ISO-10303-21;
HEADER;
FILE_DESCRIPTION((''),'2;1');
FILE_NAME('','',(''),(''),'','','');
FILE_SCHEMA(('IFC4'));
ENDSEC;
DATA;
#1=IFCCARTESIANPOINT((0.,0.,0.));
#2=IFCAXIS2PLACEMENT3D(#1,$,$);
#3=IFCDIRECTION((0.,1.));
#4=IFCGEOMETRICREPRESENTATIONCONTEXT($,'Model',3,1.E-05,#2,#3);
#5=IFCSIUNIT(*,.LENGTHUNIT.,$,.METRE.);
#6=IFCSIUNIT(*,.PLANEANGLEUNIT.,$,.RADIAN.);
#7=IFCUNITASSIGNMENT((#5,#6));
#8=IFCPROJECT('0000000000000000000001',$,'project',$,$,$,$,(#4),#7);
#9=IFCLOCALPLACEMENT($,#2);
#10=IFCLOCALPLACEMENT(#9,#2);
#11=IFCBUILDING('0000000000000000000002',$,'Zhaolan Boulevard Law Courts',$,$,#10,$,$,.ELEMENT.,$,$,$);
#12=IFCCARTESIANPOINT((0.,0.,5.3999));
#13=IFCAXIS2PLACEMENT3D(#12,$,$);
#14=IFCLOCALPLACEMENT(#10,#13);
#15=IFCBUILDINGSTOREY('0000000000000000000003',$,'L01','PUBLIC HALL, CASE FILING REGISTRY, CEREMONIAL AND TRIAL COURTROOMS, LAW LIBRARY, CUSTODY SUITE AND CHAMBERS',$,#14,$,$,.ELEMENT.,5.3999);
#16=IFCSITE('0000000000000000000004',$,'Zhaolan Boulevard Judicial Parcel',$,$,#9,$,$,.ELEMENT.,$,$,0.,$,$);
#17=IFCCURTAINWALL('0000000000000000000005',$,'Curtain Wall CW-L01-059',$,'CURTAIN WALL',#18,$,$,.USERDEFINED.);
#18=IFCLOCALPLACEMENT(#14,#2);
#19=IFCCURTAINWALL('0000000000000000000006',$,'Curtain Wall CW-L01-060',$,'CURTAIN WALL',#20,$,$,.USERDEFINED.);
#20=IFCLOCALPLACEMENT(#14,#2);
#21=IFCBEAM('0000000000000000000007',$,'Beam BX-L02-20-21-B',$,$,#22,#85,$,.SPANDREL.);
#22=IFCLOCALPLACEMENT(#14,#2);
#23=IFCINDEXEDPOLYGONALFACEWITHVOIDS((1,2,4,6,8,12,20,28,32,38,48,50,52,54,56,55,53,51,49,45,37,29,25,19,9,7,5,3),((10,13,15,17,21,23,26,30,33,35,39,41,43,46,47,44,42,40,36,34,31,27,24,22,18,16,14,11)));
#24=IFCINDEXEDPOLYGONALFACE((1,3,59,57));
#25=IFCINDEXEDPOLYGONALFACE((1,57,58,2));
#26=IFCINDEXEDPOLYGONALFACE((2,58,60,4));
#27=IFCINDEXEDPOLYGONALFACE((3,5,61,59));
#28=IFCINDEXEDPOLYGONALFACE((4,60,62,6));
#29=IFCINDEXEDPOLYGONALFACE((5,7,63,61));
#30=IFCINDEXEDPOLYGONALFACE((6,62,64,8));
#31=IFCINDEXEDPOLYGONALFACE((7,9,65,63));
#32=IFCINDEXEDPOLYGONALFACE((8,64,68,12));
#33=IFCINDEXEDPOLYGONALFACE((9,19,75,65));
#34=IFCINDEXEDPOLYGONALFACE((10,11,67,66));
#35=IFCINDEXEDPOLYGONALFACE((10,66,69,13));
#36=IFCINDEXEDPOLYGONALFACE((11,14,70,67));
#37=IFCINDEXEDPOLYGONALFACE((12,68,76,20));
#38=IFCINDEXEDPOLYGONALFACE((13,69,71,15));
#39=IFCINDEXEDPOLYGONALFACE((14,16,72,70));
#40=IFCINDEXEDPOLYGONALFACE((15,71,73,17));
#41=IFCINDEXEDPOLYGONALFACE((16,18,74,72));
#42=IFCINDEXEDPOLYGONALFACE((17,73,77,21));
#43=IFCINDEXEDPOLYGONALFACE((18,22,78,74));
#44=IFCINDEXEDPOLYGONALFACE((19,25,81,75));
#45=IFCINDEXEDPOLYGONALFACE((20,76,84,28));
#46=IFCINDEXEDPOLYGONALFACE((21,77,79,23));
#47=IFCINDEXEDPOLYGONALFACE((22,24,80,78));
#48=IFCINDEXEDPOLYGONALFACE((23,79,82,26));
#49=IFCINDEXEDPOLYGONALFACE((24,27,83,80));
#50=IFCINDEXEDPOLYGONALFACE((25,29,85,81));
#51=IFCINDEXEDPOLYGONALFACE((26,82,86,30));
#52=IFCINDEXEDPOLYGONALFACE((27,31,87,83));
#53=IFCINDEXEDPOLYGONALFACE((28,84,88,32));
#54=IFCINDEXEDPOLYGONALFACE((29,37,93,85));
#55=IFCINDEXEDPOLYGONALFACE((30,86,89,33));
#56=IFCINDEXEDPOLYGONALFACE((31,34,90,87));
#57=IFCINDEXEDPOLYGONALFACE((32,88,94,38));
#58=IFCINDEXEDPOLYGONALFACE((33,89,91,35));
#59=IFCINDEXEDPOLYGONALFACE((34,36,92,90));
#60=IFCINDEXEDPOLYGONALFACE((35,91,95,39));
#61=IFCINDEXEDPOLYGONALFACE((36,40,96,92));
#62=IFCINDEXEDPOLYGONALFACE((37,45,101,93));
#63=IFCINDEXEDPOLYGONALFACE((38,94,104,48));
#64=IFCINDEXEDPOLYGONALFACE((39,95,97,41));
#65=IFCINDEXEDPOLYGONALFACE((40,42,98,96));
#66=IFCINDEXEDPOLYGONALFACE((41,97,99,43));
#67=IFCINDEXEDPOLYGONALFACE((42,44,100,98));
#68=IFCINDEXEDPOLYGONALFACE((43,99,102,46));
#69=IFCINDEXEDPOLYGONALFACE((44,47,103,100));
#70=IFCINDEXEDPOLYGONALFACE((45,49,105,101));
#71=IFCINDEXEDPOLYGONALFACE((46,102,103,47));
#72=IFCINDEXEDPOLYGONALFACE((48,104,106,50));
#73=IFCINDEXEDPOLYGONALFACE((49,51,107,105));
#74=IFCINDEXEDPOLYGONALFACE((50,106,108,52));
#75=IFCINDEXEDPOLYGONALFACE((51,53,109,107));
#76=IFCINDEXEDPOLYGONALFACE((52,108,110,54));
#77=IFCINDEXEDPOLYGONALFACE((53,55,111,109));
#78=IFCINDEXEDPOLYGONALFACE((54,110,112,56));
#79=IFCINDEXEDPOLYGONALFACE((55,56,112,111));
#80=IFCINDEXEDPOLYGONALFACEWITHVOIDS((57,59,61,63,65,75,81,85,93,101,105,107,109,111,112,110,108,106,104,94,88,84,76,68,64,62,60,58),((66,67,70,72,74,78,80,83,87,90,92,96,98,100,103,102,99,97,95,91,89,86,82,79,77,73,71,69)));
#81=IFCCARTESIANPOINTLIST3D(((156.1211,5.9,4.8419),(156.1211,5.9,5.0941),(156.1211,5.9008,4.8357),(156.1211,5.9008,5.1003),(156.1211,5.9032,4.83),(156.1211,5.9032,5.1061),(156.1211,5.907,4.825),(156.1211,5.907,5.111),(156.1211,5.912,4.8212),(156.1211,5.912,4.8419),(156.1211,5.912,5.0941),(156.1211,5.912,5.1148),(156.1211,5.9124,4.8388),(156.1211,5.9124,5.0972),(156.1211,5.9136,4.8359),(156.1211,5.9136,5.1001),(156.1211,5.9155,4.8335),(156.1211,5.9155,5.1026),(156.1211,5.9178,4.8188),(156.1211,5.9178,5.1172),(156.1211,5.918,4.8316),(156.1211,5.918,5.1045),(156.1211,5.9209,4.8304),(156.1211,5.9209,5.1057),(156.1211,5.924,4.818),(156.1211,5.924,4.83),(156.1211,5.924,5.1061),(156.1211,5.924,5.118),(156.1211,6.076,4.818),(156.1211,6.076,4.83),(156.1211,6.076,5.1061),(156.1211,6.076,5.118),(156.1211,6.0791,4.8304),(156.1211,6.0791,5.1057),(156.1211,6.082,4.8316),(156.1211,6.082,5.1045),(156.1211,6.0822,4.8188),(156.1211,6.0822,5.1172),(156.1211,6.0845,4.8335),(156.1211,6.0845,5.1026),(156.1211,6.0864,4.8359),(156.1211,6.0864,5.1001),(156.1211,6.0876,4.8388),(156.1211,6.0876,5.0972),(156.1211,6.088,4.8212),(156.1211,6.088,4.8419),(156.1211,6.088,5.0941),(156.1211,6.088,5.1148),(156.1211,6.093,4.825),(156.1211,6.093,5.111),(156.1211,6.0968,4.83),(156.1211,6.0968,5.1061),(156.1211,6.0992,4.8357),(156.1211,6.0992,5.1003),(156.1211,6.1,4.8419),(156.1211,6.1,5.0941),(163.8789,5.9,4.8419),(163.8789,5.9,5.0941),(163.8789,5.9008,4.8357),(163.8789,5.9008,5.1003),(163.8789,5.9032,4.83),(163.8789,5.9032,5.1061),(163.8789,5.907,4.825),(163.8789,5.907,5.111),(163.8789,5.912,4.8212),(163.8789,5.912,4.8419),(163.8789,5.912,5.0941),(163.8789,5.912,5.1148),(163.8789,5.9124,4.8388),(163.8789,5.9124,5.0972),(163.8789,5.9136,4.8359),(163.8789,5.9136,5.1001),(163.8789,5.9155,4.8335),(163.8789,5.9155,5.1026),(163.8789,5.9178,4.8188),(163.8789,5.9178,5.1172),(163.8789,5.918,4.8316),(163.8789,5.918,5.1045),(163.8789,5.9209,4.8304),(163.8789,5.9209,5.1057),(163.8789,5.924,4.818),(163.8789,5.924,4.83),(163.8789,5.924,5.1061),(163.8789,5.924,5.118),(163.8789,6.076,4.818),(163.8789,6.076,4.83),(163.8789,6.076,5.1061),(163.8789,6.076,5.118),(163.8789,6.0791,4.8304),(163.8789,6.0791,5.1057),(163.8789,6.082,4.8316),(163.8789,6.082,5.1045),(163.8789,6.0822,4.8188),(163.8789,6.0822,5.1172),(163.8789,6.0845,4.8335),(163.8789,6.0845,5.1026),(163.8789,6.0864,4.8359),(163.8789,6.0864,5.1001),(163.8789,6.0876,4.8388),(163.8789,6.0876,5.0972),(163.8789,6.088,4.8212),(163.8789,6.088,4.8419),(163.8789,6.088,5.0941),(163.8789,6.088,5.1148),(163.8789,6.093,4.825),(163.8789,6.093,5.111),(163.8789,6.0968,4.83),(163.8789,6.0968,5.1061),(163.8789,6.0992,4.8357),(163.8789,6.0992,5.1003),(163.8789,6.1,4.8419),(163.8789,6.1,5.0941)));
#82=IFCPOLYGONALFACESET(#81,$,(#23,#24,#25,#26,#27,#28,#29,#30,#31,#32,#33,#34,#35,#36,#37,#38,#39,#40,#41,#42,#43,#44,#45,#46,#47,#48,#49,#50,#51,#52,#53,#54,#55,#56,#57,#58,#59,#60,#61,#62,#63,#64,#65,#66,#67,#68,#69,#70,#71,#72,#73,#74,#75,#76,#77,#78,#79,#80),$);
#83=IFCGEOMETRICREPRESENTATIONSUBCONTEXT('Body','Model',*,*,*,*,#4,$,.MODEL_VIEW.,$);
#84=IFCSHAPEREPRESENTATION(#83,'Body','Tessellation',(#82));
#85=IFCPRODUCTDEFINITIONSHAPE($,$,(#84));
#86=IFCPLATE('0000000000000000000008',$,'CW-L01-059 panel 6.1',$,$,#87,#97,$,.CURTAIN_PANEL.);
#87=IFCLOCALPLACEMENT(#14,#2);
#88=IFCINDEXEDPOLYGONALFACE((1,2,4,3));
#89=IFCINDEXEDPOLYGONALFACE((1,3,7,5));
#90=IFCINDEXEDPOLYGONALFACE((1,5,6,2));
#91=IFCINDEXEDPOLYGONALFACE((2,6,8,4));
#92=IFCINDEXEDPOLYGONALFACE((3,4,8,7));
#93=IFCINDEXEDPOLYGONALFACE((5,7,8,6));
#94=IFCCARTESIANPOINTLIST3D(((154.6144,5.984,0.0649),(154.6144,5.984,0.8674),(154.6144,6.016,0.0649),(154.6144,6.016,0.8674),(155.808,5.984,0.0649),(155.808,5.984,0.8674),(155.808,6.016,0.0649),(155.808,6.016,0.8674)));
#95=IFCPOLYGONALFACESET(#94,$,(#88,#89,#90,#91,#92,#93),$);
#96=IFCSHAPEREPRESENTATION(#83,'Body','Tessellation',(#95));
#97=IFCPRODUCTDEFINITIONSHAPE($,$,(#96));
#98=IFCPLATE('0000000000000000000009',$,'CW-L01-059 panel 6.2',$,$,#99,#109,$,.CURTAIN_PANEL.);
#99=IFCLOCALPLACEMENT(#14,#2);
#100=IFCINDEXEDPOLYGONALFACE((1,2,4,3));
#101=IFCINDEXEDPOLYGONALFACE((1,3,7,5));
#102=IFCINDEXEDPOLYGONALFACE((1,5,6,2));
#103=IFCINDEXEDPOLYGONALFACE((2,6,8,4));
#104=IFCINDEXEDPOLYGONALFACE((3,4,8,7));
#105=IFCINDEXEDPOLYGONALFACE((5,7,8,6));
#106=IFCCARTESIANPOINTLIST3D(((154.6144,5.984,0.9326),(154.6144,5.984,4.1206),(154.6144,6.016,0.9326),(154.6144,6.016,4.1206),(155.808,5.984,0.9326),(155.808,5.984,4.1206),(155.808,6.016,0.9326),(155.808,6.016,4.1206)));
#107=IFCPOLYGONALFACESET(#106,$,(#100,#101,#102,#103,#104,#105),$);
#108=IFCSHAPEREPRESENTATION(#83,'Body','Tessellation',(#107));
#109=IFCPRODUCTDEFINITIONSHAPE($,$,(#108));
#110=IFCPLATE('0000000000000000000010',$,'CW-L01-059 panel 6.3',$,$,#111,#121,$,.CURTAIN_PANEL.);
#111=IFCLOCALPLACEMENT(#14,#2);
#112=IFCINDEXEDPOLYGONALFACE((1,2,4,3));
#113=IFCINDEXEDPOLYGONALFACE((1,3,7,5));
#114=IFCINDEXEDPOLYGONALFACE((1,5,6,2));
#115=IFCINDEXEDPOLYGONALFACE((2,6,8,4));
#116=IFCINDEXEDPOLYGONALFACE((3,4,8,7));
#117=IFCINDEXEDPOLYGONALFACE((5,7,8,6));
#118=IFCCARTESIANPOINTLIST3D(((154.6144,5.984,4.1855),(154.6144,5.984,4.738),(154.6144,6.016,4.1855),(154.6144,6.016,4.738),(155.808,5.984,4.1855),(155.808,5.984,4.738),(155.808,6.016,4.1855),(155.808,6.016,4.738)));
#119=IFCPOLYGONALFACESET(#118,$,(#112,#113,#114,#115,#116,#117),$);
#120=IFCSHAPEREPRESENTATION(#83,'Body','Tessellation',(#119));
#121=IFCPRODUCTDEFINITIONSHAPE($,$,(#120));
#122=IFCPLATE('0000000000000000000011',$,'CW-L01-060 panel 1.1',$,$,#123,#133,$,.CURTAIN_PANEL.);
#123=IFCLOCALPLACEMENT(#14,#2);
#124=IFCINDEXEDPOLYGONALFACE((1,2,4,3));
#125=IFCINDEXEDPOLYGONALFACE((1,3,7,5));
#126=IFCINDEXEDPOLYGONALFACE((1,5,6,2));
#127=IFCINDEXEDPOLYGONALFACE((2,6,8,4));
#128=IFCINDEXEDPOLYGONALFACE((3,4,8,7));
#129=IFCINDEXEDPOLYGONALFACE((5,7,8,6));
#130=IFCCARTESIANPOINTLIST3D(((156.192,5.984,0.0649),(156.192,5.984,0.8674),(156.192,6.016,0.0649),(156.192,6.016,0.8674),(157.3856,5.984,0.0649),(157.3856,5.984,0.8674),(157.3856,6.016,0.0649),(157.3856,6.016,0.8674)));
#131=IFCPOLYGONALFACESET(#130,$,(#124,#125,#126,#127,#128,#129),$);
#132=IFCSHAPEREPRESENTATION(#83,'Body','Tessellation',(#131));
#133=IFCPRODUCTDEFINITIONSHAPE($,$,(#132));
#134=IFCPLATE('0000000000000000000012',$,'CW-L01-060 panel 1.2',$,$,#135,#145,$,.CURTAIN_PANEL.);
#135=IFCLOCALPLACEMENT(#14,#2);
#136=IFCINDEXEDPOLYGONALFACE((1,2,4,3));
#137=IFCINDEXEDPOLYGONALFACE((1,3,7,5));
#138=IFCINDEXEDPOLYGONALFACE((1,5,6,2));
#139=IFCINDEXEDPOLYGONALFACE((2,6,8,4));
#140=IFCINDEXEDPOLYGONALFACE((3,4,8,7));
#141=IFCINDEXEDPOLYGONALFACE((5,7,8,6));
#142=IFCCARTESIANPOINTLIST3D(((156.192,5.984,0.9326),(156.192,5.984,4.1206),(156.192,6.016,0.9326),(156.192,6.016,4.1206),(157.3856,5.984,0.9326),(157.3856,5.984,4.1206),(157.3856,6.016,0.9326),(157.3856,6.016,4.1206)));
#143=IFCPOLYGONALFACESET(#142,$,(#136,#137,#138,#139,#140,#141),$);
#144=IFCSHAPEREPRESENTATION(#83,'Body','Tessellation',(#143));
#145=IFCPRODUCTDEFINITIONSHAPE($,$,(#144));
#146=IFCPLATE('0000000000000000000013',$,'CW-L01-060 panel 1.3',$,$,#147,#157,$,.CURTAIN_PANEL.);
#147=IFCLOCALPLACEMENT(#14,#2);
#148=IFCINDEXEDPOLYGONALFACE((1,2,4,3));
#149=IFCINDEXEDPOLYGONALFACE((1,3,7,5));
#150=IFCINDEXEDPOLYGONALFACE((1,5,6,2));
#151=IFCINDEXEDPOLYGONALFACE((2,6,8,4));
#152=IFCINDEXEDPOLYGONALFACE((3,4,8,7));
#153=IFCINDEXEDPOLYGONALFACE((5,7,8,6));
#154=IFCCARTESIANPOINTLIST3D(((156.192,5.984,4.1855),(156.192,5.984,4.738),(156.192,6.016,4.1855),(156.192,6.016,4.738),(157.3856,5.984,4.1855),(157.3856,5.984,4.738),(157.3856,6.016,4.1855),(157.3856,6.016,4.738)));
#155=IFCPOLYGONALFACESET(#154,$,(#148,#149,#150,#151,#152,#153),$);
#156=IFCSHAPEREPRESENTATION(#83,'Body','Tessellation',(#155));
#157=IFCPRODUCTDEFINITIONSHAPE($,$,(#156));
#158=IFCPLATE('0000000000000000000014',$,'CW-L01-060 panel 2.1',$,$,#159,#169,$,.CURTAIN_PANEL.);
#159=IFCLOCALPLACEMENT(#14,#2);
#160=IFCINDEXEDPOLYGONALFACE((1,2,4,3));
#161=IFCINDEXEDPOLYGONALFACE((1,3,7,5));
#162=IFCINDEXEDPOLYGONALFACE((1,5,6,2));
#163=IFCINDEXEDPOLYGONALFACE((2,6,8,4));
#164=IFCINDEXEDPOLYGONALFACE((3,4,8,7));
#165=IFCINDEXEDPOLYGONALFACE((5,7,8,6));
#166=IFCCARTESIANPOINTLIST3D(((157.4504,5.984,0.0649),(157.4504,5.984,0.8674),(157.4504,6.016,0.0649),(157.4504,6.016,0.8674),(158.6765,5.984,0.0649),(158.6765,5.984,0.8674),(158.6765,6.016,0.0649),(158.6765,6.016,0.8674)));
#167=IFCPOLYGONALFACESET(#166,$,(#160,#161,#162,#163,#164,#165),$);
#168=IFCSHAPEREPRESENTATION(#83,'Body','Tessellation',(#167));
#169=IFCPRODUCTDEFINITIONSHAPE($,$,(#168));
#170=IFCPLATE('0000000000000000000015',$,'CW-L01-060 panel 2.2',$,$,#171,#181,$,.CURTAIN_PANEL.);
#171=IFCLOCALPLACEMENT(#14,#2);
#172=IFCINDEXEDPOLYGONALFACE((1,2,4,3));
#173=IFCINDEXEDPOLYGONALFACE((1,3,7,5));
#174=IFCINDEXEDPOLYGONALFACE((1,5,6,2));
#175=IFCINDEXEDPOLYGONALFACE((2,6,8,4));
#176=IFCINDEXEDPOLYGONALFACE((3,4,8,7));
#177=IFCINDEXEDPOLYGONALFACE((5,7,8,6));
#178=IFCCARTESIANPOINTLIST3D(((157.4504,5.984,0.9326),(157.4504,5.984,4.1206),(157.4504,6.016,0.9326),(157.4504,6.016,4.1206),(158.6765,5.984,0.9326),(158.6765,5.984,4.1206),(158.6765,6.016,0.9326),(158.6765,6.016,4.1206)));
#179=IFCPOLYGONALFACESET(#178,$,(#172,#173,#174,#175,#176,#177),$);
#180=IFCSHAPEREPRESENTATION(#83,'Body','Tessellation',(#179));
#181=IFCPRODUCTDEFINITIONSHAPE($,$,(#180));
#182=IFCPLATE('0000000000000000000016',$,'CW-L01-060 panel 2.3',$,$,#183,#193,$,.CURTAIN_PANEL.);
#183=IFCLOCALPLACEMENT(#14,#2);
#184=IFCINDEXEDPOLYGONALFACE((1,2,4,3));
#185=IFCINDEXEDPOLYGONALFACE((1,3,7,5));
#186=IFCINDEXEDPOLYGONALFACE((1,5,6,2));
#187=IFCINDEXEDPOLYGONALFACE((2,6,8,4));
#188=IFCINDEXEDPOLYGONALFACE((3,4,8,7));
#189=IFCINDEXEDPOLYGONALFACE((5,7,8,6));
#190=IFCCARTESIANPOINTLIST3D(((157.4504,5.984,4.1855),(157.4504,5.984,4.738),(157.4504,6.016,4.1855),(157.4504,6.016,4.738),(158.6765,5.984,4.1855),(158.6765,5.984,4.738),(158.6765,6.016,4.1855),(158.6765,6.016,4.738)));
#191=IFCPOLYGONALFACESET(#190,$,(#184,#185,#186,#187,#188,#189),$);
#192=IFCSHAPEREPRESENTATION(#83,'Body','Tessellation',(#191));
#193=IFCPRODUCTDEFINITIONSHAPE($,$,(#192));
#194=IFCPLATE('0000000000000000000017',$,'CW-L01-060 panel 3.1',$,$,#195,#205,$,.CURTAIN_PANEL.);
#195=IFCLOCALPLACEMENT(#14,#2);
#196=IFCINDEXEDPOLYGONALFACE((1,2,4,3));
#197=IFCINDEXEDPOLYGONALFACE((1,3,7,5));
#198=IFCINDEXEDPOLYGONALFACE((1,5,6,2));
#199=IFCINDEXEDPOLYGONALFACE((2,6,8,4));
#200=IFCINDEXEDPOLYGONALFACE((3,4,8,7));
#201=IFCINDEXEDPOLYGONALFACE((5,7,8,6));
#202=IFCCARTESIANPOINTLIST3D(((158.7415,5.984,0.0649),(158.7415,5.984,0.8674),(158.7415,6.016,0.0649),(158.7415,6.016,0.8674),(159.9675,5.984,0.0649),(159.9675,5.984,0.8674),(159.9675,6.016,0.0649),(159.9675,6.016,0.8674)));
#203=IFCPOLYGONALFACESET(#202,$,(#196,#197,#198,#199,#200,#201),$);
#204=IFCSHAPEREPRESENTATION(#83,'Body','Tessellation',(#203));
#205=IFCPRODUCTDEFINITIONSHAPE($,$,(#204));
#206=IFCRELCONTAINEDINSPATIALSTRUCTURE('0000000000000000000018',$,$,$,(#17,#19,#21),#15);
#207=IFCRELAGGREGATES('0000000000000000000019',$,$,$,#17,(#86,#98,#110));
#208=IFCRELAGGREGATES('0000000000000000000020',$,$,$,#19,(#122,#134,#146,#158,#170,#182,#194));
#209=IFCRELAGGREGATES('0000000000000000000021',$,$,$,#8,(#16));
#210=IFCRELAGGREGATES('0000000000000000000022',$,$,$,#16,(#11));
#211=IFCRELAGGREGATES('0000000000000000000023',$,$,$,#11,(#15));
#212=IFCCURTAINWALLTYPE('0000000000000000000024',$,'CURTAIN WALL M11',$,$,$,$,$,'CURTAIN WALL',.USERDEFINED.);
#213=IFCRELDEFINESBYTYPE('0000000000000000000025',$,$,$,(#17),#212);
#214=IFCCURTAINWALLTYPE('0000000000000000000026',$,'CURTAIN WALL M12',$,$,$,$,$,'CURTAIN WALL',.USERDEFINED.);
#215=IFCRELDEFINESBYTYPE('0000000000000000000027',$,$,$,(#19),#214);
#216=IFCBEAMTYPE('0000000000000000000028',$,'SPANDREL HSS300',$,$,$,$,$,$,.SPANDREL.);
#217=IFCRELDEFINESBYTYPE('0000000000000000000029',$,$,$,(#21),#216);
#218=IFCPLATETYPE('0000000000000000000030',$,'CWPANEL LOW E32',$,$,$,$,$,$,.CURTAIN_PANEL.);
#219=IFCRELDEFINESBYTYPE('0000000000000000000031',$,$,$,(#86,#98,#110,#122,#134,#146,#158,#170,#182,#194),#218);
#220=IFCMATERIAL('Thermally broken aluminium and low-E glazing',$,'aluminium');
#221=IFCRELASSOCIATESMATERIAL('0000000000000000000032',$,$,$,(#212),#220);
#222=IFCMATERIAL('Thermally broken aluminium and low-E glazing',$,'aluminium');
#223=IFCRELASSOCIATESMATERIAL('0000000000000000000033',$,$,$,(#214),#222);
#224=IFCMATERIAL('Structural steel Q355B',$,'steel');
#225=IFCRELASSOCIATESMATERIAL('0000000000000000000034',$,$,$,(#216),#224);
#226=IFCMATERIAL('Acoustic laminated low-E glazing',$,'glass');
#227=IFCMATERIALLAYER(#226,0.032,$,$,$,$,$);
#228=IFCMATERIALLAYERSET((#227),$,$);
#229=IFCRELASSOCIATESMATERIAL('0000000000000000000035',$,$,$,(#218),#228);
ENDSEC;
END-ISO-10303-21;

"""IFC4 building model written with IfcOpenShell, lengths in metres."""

from ifc_helpers import new_model, si_unit, direction, frame, origin, origin_2d, place, context, subcontext, project, spatial, rectangle, hollow_rectangle, extrude, material, layer, layer_set, material_profile, profile_set, type_object, element, aggregate, save


model = new_model("IFC4")

# Units and contexts
model_context = context("Model", 3, precision=1e-05, world=origin(), true_north=direction((0.0, 1.0)))
body_context = subcontext(model_context, "Body", "Model", "MODEL_VIEW")
ifc_project = project(units=[si_unit("LENGTHUNIT", "METRE"), si_unit("PLANEANGLEUNIT", "RADIAN")], contexts=[model_context])

# Site, building, storey
site_placement = place(None, origin())
site = spatial("IfcSite", under=ifc_project, at=site_placement, Name="Zhaolan Boulevard Judicial Parcel", CompositionType="ELEMENT", RefElevation=0.0)
building_placement = place(site_placement, origin())
building = spatial("IfcBuilding", under=site, at=building_placement, Name="Zhaolan Boulevard Law Courts", CompositionType="ELEMENT")
storey_placement = place(building_placement, frame((0.0, 0.0, 5.3999)))
storey = spatial("IfcBuildingStorey", under=building, at=storey_placement, Name="L01", Description="PUBLIC HALL, CASE FILING REGISTRY, CEREMONIAL AND TRIAL COURTROOMS, LAW LIBRARY, CUSTODY SUITE AND CHAMBERS", CompositionType="ELEMENT", Elevation=5.3999)

# Curtain walls
ifc_material_1 = material(Name="Thermally broken aluminium and low-E glazing", Category="aluminium")
curtain_wall_type_1 = type_object("IfcCurtainWallType", Name="CURTAIN WALL M11", ElementType="CURTAIN WALL", PredefinedType="USERDEFINED", material=ifc_material_1)
curtain_wall_1_placement = place(storey_placement, origin())
curtain_wall_1 = element("IfcCurtainWall", 1, at=curtain_wall_1_placement, inside=storey, type_object=curtain_wall_type_1, Name="Curtain Wall CW-L01-059", ObjectType="CURTAIN WALL", PredefinedType="USERDEFINED")
ifc_material_2 = material(Name="Thermally broken aluminium and low-E glazing", Category="aluminium")
curtain_wall_type_2 = type_object("IfcCurtainWallType", Name="CURTAIN WALL M12", ElementType="CURTAIN WALL", PredefinedType="USERDEFINED", material=ifc_material_2)
curtain_wall_2_placement = place(storey_placement, origin())
curtain_wall_2 = element("IfcCurtainWall", 2, at=curtain_wall_2_placement, inside=storey, type_object=curtain_wall_type_2, Name="Curtain Wall CW-L01-060", ObjectType="CURTAIN WALL", PredefinedType="USERDEFINED")

# Beam
ifc_material_3 = material(Name="Structural steel Q355B", Category="steel")
ifc_material_profile_1 = material_profile(ifc_material_3, hollow_rectangle(XDim=0.2, YDim=0.3, WallThickness=0.012, InnerFilletRadius=0.012, OuterFilletRadius=0.0239, at=origin_2d()), Name="HSS300x200x12")
ifc_profile_set_1 = profile_set([ifc_material_profile_1], Name="Structural steel Q355B")
beam_type_1 = type_object("IfcBeamType", Name="SPANDREL HSS300", PredefinedType="SPANDREL", material=ifc_profile_set_1)
beam_1_placement = place(storey_placement, frame((156.1211, 6.0, 4.968), z_axis=(1.0, 0.0, 0.0), x_axis=(0.0, 1.0, 0.0)))
element("IfcBeam", 3, at=beam_1_placement, inside=storey, type_object=beam_type_1, Name="Beam BX-L02-20-21-B", PredefinedType="SPANDREL", context=body_context, shape_type="SweptSolid", body=[
    extrude(hollow_rectangle(XDim=0.2, YDim=0.3, WallThickness=0.012, InnerFilletRadius=0.012, OuterFilletRadius=0.0239, at=origin_2d()), origin(), (0.0, 0.0, 1.0), 7.7578),
])

# Plates
ifc_material_4 = material(Name="Acoustic laminated low-E glazing", Category="glass")
ifc_layer_1 = layer(ifc_material_4, 0.032)
ifc_layer_set_1 = layer_set([ifc_layer_1])
plate_type_1 = type_object("IfcPlateType", Name="CWPANEL LOW E32", PredefinedType="CURTAIN_PANEL", material=ifc_layer_set_1)
plate_1_placement = place(storey_placement, frame((155.2112, 6.0, 0.0649), z_axis=(0.0, 0.0, 1.0), x_axis=(1.0, 0.0, 0.0)))
plate_1 = element("IfcPlate", 4, at=plate_1_placement, type_object=plate_type_1, Name="CW-L01-059 panel 6.1", PredefinedType="CURTAIN_PANEL", context=body_context, shape_type="SweptSolid", body=[
    extrude(rectangle(XDim=1.1936, YDim=0.032, at=origin_2d()), origin(), (0.0, 0.0, 1.0), 0.8025),
])
plate_2_placement = place(storey_placement, frame((155.2112, 6.0, 0.9326), z_axis=(0.0, 0.0, 1.0), x_axis=(1.0, 0.0, 0.0)))
plate_2 = element("IfcPlate", 5, at=plate_2_placement, type_object=plate_type_1, Name="CW-L01-059 panel 6.2", PredefinedType="CURTAIN_PANEL", context=body_context, shape_type="SweptSolid", body=[
    extrude(rectangle(XDim=1.1936, YDim=0.032, at=origin_2d()), origin(), (0.0, 0.0, 1.0), 3.188),
])
plate_3_placement = place(storey_placement, frame((155.2112, 6.0, 4.1855), z_axis=(0.0, 0.0, 1.0), x_axis=(1.0, 0.0, 0.0)))
plate_3 = element("IfcPlate", 6, at=plate_3_placement, type_object=plate_type_1, Name="CW-L01-059 panel 6.3", PredefinedType="CURTAIN_PANEL", context=body_context, shape_type="SweptSolid", body=[
    extrude(rectangle(XDim=1.1936, YDim=0.032, at=origin_2d()), origin(), (0.0, 0.0, 1.0), 0.5525),
])
aggregate(curtain_wall_1, [plate_1, plate_2, plate_3])
plate_4_placement = place(storey_placement, frame((156.7888, 6.0, 0.0649), z_axis=(0.0, 0.0, 1.0), x_axis=(1.0, 0.0, 0.0)))
plate_4 = element("IfcPlate", 7, at=plate_4_placement, type_object=plate_type_1, Name="CW-L01-060 panel 1.1", PredefinedType="CURTAIN_PANEL", context=body_context, shape_type="SweptSolid", body=[
    extrude(rectangle(XDim=1.1936, YDim=0.032, at=origin_2d()), origin(), (0.0, 0.0, 1.0), 0.8025),
])
plate_5_placement = place(storey_placement, frame((156.7888, 6.0, 0.9326), z_axis=(0.0, 0.0, 1.0), x_axis=(1.0, 0.0, 0.0)))
plate_5 = element("IfcPlate", 8, at=plate_5_placement, type_object=plate_type_1, Name="CW-L01-060 panel 1.2", PredefinedType="CURTAIN_PANEL", context=body_context, shape_type="SweptSolid", body=[
    extrude(rectangle(XDim=1.1936, YDim=0.032, at=origin_2d()), origin(), (0.0, 0.0, 1.0), 3.188),
])
plate_6_placement = place(storey_placement, frame((156.7888, 6.0, 4.1855), z_axis=(0.0, 0.0, 1.0), x_axis=(1.0, 0.0, 0.0)))
plate_6 = element("IfcPlate", 9, at=plate_6_placement, type_object=plate_type_1, Name="CW-L01-060 panel 1.3", PredefinedType="CURTAIN_PANEL", context=body_context, shape_type="SweptSolid", body=[
    extrude(rectangle(XDim=1.1936, YDim=0.032, at=origin_2d()), origin(), (0.0, 0.0, 1.0), 0.5525),
])
plate_7_placement = place(storey_placement, frame((158.0635, 6.0, 0.0649), z_axis=(0.0, 0.0, 1.0), x_axis=(1.0, 0.0, 0.0)))
plate_7 = element("IfcPlate", 10, at=plate_7_placement, type_object=plate_type_1, Name="CW-L01-060 panel 2.1", PredefinedType="CURTAIN_PANEL", context=body_context, shape_type="SweptSolid", body=[
    extrude(rectangle(XDim=1.2261, YDim=0.032, at=origin_2d()), origin(), (0.0, 0.0, 1.0), 0.8025),
])
plate_8_placement = place(storey_placement, frame((158.0635, 6.0, 0.9326), z_axis=(0.0, 0.0, 1.0), x_axis=(1.0, 0.0, 0.0)))
plate_8 = element("IfcPlate", 11, at=plate_8_placement, type_object=plate_type_1, Name="CW-L01-060 panel 2.2", PredefinedType="CURTAIN_PANEL", context=body_context, shape_type="SweptSolid", body=[
    extrude(rectangle(XDim=1.2261, YDim=0.032, at=origin_2d()), origin(), (0.0, 0.0, 1.0), 3.188),
])
plate_9_placement = place(storey_placement, frame((158.0635, 6.0, 4.1855), z_axis=(0.0, 0.0, 1.0), x_axis=(1.0, 0.0, 0.0)))
plate_9 = element("IfcPlate", 12, at=plate_9_placement, type_object=plate_type_1, Name="CW-L01-060 panel 2.3", PredefinedType="CURTAIN_PANEL", context=body_context, shape_type="SweptSolid", body=[
    extrude(rectangle(XDim=1.2261, YDim=0.032, at=origin_2d()), origin(), (0.0, 0.0, 1.0), 0.5525),
])
plate_10_placement = place(storey_placement, frame((159.3545, 6.0, 0.0649), z_axis=(0.0, 0.0, 1.0), x_axis=(1.0, 0.0, 0.0)))
plate_10 = element("IfcPlate", 13, at=plate_10_placement, type_object=plate_type_1, Name="CW-L01-060 panel 3.1", PredefinedType="CURTAIN_PANEL", context=body_context, shape_type="SweptSolid", body=[
    extrude(rectangle(XDim=1.2261, YDim=0.032, at=origin_2d()), origin(), (0.0, 0.0, 1.0), 0.8025),
])
aggregate(curtain_wall_2, [plate_4, plate_5, plate_6, plate_7, plate_8, plate_9, plate_10])

save(model, "model.ifc")
